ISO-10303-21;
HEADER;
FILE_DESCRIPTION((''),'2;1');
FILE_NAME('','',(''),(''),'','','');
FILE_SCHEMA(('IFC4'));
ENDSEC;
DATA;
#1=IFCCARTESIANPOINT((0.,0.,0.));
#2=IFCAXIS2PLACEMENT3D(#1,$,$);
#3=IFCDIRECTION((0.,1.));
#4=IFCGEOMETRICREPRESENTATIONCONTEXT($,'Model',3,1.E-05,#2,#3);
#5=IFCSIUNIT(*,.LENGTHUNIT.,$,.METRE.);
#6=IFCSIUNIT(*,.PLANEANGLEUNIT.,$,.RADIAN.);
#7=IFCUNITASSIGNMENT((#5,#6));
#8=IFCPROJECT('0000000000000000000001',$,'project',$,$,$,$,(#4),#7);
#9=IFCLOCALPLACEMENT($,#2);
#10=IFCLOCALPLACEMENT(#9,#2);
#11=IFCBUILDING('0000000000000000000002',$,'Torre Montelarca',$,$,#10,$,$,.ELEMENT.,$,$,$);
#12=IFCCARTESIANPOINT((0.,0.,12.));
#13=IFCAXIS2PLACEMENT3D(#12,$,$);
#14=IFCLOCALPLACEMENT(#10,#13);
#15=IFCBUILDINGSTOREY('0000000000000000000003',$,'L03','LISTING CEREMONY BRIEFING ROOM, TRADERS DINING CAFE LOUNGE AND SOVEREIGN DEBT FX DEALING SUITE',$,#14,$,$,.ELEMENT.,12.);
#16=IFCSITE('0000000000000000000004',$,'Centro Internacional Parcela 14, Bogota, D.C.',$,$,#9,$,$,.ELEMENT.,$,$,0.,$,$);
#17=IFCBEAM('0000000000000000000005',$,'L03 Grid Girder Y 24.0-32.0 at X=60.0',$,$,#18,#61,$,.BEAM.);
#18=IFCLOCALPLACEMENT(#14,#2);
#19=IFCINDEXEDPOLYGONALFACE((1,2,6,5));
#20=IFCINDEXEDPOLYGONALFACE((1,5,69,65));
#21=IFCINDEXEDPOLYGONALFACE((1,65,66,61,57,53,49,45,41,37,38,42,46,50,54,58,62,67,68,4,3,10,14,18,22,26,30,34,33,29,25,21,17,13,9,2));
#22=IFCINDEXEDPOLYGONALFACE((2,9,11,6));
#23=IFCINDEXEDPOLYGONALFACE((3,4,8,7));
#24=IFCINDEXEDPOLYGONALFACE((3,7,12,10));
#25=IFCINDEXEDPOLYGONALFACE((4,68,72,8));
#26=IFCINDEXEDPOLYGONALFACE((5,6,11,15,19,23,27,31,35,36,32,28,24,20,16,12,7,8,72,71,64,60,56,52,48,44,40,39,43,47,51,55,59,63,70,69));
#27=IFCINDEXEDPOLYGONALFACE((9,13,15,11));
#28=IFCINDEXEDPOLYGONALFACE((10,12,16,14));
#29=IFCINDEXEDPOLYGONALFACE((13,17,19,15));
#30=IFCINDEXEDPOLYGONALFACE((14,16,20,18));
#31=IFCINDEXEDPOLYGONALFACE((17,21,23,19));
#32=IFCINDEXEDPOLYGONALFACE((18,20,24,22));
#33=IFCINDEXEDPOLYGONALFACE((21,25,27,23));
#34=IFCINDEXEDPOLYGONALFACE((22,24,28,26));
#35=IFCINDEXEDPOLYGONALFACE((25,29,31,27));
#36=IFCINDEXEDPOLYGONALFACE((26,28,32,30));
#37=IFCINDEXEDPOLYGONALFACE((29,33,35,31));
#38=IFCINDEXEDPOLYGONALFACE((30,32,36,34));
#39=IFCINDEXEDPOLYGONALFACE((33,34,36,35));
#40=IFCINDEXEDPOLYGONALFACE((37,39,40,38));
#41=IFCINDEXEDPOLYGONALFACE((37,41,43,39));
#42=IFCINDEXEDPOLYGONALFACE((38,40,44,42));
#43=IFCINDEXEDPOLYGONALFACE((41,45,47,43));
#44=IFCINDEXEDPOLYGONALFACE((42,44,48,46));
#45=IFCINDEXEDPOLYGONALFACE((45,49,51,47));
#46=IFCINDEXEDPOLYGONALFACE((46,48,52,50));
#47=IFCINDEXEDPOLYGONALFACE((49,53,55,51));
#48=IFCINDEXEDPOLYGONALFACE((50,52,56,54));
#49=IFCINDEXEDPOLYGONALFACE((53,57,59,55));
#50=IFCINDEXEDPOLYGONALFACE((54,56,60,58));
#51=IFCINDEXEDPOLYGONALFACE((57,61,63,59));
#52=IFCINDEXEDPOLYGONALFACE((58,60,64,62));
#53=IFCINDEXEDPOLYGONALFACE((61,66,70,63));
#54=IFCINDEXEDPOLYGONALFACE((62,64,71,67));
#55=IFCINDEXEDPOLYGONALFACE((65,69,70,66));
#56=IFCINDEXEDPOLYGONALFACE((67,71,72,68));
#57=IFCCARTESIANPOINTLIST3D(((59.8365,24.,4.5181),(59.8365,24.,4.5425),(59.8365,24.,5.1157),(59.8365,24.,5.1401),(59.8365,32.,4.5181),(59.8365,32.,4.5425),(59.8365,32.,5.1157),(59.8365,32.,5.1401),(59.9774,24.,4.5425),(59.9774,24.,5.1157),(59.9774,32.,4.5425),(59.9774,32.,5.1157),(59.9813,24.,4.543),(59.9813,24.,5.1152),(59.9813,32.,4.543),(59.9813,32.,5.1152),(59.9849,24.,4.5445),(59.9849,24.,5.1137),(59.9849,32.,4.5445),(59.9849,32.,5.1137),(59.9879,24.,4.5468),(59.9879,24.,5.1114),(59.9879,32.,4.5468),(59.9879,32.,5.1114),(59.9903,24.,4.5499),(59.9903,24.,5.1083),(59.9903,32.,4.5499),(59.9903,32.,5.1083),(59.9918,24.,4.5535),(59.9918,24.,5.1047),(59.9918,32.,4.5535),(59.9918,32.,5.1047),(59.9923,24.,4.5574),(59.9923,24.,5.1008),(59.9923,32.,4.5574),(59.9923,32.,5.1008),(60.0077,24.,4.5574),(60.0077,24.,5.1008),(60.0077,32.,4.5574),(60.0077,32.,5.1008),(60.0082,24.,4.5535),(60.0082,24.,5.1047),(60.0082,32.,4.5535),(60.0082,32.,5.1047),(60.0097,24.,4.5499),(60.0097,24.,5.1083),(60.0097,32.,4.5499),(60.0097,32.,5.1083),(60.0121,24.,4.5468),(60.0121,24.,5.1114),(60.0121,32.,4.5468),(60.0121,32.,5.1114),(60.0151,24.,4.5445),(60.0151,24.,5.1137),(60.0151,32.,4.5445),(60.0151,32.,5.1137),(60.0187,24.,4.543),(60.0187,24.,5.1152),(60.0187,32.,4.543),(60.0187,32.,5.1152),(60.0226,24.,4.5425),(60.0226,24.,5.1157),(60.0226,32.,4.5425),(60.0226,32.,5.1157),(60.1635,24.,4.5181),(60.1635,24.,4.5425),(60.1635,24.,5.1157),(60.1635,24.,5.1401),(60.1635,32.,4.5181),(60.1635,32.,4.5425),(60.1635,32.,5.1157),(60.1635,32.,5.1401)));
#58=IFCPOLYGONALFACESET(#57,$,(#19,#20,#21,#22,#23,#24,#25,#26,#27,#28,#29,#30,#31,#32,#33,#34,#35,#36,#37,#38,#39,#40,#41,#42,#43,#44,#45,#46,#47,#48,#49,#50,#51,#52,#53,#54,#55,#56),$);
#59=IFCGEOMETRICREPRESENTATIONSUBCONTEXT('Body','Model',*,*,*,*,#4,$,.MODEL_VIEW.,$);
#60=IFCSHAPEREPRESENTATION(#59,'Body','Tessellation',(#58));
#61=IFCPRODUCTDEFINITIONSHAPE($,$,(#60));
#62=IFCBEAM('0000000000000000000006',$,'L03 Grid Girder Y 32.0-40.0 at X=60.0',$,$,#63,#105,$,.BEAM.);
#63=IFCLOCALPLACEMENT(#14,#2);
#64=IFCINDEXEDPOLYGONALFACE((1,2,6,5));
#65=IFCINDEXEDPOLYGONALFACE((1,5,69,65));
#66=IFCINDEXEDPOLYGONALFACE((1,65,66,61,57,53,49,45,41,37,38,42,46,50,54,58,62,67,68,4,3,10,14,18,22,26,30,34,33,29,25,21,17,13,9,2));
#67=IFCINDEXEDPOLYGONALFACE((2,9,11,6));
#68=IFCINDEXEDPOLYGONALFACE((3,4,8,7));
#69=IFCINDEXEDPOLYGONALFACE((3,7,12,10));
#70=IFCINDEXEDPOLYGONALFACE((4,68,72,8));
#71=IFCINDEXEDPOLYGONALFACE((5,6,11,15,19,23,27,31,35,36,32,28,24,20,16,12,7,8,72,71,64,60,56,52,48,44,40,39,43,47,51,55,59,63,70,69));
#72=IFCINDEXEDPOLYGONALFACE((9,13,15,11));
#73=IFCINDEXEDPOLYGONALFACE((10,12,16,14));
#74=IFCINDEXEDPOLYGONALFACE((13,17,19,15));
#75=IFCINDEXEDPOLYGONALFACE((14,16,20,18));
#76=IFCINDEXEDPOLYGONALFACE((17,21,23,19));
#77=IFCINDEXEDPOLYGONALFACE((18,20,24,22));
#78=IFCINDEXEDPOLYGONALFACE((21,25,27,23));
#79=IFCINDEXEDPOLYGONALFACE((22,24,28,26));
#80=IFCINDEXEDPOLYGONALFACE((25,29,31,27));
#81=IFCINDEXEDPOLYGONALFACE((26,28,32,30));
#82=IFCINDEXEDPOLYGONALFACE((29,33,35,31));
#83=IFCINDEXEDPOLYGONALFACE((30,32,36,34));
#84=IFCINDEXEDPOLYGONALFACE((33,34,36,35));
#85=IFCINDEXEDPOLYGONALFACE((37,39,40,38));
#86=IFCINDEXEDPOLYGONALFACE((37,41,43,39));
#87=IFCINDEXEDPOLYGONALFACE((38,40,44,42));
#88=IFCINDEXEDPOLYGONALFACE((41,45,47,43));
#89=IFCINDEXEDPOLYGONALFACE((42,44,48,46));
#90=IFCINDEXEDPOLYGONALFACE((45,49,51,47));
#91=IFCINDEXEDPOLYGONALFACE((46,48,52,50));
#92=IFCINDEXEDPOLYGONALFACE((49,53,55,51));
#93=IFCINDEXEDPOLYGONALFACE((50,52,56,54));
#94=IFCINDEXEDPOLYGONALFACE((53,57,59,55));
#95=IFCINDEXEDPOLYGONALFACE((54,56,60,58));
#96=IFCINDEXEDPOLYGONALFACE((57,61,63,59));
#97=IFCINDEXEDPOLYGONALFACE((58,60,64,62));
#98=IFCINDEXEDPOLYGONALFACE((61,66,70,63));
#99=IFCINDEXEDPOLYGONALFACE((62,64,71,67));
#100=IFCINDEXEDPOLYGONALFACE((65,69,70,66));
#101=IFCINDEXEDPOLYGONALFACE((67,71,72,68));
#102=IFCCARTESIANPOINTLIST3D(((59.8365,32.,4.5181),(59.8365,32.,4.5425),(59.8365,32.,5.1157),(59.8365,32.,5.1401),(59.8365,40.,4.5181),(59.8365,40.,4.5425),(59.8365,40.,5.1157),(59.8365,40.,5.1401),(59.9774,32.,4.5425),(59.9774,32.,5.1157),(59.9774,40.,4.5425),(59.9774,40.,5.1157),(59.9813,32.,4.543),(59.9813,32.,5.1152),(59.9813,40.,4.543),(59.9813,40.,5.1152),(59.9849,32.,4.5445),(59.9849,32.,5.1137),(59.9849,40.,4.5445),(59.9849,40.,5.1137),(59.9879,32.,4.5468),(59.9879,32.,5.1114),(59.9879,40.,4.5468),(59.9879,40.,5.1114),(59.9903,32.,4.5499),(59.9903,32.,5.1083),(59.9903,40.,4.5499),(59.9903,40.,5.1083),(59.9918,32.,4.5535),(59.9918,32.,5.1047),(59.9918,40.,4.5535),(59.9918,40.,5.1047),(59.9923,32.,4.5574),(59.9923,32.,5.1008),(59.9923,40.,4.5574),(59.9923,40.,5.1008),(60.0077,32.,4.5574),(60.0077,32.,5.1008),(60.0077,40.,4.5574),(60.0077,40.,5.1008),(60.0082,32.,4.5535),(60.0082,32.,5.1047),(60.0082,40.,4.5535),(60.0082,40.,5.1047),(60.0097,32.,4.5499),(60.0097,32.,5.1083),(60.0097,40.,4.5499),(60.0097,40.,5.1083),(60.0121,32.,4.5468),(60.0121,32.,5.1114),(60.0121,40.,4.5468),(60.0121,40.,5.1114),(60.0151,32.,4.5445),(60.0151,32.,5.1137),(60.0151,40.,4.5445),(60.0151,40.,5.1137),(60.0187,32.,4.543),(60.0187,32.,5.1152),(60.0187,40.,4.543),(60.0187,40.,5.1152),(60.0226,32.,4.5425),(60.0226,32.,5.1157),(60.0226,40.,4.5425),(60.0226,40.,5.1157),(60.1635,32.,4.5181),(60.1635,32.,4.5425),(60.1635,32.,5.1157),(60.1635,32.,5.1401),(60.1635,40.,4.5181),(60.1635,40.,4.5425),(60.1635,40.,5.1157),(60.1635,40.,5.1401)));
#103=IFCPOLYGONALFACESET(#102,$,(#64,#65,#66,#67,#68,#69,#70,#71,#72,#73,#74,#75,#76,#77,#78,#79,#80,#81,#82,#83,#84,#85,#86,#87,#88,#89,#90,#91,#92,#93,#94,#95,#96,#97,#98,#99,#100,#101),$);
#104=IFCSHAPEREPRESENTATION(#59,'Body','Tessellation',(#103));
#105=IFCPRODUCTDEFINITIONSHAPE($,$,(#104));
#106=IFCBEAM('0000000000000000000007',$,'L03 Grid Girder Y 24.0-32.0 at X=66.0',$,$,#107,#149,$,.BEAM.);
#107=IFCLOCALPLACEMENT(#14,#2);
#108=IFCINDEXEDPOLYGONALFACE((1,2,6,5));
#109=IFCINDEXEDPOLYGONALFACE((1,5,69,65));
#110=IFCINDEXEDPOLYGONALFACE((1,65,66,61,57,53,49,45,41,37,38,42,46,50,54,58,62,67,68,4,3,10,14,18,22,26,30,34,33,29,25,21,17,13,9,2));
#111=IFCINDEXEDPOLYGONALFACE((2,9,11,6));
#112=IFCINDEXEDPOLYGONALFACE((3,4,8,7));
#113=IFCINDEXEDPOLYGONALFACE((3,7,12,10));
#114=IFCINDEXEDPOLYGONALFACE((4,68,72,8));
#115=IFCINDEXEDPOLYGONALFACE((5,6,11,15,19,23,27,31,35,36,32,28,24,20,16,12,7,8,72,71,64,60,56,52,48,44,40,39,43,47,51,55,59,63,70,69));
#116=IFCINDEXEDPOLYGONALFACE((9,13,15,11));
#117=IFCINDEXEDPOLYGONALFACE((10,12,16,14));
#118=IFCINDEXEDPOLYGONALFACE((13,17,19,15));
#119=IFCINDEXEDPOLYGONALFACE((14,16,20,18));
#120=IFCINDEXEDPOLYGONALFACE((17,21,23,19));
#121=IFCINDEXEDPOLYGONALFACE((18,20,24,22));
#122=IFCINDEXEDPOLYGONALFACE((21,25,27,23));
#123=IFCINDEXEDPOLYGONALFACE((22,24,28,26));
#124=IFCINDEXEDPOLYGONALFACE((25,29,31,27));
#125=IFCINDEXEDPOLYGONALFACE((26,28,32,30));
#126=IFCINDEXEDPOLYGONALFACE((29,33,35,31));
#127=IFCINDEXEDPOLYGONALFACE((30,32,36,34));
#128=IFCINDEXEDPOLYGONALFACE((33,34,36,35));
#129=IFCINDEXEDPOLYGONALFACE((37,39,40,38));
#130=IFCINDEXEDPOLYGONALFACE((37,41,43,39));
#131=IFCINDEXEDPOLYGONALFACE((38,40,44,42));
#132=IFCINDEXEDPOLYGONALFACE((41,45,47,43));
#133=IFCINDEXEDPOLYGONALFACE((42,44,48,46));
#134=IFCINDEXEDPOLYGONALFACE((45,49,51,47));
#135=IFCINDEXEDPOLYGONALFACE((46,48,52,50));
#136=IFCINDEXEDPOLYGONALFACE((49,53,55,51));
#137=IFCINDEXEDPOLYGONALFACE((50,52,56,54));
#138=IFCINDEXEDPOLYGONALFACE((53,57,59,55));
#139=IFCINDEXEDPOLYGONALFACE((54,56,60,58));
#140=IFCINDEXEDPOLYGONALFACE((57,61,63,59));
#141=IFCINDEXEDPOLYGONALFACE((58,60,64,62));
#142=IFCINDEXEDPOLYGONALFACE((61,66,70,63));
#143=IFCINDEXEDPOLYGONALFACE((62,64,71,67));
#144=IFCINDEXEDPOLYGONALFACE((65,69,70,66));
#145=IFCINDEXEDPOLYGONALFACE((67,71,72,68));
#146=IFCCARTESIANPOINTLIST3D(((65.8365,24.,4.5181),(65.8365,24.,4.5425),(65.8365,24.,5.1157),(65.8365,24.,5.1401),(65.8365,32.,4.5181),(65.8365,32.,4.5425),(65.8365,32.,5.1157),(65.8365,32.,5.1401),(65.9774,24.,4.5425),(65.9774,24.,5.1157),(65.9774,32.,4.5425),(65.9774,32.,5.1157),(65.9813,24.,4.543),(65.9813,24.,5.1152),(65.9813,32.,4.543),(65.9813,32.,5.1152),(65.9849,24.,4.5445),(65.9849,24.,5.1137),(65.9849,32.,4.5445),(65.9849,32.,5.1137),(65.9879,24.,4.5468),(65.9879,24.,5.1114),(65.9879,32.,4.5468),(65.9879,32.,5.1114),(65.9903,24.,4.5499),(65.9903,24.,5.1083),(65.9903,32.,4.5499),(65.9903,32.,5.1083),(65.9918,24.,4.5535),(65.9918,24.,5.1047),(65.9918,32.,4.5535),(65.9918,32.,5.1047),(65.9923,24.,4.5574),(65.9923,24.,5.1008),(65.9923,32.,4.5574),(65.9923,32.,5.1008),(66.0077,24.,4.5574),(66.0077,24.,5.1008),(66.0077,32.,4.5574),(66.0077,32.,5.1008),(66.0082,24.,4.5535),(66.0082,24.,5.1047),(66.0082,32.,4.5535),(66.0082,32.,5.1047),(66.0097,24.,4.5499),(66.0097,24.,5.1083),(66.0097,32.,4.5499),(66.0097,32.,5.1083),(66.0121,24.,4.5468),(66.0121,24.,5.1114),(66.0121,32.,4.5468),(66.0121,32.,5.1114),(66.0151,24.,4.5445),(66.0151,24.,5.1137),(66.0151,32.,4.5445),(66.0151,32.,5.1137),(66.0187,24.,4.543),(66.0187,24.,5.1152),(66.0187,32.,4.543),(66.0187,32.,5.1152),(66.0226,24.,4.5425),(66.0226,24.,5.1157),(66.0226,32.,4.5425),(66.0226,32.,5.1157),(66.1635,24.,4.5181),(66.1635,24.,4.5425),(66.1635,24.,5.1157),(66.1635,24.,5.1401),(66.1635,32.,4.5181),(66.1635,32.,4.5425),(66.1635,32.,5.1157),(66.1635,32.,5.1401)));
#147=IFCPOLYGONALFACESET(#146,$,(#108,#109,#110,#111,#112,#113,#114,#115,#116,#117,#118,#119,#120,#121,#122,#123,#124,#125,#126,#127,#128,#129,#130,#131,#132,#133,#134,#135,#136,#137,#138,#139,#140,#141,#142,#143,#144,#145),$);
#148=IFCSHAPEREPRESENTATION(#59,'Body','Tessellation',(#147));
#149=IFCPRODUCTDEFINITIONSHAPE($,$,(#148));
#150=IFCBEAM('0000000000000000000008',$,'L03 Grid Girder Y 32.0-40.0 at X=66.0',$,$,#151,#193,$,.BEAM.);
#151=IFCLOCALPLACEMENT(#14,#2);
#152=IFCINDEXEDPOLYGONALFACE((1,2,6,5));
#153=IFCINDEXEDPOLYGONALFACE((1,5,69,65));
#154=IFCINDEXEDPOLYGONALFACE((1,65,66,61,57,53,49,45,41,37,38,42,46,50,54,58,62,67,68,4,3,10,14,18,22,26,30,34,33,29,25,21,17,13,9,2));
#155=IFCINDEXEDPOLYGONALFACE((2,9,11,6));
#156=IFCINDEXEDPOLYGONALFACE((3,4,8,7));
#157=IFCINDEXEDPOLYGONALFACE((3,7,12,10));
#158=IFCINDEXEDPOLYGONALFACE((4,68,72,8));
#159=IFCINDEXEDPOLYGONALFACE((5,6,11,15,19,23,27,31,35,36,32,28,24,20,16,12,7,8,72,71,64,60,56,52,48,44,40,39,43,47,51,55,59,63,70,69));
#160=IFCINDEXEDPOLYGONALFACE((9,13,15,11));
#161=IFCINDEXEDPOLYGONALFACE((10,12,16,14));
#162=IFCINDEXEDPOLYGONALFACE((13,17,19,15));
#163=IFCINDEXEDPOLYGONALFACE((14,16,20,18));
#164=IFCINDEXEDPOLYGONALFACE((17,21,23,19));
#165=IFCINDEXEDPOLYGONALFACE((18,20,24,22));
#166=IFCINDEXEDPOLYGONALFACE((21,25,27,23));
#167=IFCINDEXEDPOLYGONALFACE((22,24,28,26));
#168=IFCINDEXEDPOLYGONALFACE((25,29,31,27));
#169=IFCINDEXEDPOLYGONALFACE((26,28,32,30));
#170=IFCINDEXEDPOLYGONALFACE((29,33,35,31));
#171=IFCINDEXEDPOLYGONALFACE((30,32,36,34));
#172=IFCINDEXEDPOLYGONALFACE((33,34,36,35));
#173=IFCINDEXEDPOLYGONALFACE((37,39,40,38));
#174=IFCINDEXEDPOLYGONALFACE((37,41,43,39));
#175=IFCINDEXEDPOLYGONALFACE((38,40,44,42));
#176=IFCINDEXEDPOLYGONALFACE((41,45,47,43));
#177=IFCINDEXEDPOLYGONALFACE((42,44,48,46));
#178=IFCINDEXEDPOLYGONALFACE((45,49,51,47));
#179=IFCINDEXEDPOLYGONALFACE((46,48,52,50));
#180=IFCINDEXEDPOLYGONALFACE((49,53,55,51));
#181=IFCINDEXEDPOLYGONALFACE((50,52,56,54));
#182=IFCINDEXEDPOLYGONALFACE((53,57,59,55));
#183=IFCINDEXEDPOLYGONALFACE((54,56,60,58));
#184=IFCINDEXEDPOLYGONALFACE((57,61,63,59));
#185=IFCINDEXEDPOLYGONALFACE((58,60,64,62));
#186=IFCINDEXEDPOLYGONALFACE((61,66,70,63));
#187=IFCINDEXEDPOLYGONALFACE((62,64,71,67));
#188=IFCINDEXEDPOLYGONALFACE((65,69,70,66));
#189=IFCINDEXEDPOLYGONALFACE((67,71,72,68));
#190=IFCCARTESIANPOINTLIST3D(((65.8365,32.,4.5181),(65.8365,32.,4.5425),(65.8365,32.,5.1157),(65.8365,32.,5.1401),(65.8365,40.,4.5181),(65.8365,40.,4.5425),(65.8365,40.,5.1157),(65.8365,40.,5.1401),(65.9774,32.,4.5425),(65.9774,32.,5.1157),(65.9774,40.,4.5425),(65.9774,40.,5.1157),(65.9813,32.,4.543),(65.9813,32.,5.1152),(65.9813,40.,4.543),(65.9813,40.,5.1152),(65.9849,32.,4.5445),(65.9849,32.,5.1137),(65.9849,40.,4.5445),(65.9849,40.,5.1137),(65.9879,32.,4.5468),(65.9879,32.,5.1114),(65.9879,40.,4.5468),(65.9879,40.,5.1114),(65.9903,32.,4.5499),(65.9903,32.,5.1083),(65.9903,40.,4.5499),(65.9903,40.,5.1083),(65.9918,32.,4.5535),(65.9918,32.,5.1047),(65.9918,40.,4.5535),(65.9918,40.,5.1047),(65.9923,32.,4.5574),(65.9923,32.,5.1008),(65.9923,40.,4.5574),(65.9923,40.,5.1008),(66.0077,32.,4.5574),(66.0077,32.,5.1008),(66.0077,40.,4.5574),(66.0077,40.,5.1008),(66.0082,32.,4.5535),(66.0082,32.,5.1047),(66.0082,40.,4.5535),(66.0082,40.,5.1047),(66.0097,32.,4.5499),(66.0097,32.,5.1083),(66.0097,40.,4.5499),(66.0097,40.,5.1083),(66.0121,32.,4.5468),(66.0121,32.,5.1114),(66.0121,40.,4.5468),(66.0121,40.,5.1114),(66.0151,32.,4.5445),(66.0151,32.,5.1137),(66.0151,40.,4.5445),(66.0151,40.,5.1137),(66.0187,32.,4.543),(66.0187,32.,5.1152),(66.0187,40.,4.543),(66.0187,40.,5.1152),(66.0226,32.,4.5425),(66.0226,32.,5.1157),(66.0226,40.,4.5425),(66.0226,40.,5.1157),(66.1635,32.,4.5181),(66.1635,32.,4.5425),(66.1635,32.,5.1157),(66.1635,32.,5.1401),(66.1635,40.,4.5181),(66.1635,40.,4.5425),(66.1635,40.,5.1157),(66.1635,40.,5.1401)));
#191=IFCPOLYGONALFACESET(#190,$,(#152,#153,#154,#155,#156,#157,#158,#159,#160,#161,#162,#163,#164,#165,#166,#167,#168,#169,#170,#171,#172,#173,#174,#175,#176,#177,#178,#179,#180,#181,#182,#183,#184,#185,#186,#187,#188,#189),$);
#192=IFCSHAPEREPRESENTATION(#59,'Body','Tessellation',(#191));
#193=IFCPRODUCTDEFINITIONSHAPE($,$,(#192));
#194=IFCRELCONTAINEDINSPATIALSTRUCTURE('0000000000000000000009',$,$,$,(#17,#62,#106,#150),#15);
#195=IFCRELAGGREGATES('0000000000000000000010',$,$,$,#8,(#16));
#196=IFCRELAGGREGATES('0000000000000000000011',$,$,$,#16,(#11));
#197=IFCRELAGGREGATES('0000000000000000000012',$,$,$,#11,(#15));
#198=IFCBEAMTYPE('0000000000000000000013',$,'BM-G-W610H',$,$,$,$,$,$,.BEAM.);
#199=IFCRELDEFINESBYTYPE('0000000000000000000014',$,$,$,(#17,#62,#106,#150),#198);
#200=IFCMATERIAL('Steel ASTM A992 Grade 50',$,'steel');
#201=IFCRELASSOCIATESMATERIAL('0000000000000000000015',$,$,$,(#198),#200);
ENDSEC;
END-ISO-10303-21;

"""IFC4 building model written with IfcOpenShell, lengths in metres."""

from ifc_helpers import new_model, si_unit, direction, frame, origin, origin_2d, place, context, subcontext, project, spatial, i_section, extrude, source, transform, mapped, material, material_profile, profile_set, type_object, element, save


model = new_model("IFC4")

# Units and contexts
model_context = context("Model", 3, precision=1e-05, world=origin(), true_north=direction((0.0, 1.0)))
body_context = subcontext(model_context, "Body", "Model", "MODEL_VIEW")
ifc_project = project(units=[si_unit("LENGTHUNIT", "METRE"), si_unit("PLANEANGLEUNIT", "RADIAN")], contexts=[model_context])

# Site, building, storey
site_placement = place(None, origin())
site = spatial("IfcSite", under=ifc_project, at=site_placement, Name="Centro Internacional Parcela 14, Bogota, D.C.", CompositionType="ELEMENT", RefElevation=0.0)
building_placement = place(site_placement, origin())
building = spatial("IfcBuilding", under=site, at=building_placement, Name="Torre Montelarca", CompositionType="ELEMENT")
storey_placement = place(building_placement, frame((0.0, 0.0, 12.0)))
storey = spatial("IfcBuildingStorey", under=building, at=storey_placement, Name="L03", Description="LISTING CEREMONY BRIEFING ROOM, TRADERS DINING CAFE LOUNGE AND SOVEREIGN DEBT FX DEALING SUITE", CompositionType="ELEMENT", Elevation=12.0)

# Shared definitions
ifc_material_1 = material(Name="Steel ASTM A992 Grade 50", Category="steel")

# Beams
ifc_material_profile_1 = material_profile(ifc_material_1, i_section(OverallWidth=0.3269, OverallDepth=0.6221, WebThickness=0.0154, FlangeThickness=0.0244, FilletRadius=0.0149, at=origin_2d()), Name="W610X195", Category="steel")
ifc_profile_set_1 = profile_set([ifc_material_profile_1], Name="Steel ASTM A992 Grade 50")
beam_type_1 = type_object("IfcBeamType", Name="BM-G-W610H", PredefinedType="BEAM", material=ifc_profile_set_1)
shared_shape_1 = source(origin(), body_context, "Body", "SweptSolid", [
    extrude(i_section(OverallWidth=0.3269, OverallDepth=0.6221, WebThickness=0.0154, FlangeThickness=0.0244, FilletRadius=0.0149, at=origin_2d()), origin(), (0.0, 0.0, 1.0), 8.0),
])
for number, where, z_axis, x_axis, name in (
    (1, (60.0, 24.0, 4.8291), (0.0, 1.0, 0.0), (-1.0, 0.0, 0.0), "L03 Grid Girder Y 24.0-32.0 at X=60.0"),
    (2, (60.0, 32.0, 4.8291), (0.0, 1.0, 0.0), (-1.0, 0.0, 0.0), "L03 Grid Girder Y 32.0-40.0 at X=60.0"),
    (3, (66.0, 24.0, 4.8291), (0.0, 1.0, 0.0), (-1.0, 0.0, 0.0), "L03 Grid Girder Y 24.0-32.0 at X=66.0"),
    (4, (66.0, 32.0, 4.8291), (0.0, 1.0, 0.0), (-1.0, 0.0, 0.0), "L03 Grid Girder Y 32.0-40.0 at X=66.0"),
):
    element("IfcBeam", number, at=place(storey_placement, frame(where, z_axis=z_axis, x_axis=x_axis)), inside=storey, type_object=beam_type_1, Name=name, PredefinedType="BEAM", context=body_context, shape_type="MappedRepresentation", body=[
        mapped(shared_shape_1, transform((0.0, 0.0, 0.0), scale=1.0)),
    ])

save(model, "model.ifc")
